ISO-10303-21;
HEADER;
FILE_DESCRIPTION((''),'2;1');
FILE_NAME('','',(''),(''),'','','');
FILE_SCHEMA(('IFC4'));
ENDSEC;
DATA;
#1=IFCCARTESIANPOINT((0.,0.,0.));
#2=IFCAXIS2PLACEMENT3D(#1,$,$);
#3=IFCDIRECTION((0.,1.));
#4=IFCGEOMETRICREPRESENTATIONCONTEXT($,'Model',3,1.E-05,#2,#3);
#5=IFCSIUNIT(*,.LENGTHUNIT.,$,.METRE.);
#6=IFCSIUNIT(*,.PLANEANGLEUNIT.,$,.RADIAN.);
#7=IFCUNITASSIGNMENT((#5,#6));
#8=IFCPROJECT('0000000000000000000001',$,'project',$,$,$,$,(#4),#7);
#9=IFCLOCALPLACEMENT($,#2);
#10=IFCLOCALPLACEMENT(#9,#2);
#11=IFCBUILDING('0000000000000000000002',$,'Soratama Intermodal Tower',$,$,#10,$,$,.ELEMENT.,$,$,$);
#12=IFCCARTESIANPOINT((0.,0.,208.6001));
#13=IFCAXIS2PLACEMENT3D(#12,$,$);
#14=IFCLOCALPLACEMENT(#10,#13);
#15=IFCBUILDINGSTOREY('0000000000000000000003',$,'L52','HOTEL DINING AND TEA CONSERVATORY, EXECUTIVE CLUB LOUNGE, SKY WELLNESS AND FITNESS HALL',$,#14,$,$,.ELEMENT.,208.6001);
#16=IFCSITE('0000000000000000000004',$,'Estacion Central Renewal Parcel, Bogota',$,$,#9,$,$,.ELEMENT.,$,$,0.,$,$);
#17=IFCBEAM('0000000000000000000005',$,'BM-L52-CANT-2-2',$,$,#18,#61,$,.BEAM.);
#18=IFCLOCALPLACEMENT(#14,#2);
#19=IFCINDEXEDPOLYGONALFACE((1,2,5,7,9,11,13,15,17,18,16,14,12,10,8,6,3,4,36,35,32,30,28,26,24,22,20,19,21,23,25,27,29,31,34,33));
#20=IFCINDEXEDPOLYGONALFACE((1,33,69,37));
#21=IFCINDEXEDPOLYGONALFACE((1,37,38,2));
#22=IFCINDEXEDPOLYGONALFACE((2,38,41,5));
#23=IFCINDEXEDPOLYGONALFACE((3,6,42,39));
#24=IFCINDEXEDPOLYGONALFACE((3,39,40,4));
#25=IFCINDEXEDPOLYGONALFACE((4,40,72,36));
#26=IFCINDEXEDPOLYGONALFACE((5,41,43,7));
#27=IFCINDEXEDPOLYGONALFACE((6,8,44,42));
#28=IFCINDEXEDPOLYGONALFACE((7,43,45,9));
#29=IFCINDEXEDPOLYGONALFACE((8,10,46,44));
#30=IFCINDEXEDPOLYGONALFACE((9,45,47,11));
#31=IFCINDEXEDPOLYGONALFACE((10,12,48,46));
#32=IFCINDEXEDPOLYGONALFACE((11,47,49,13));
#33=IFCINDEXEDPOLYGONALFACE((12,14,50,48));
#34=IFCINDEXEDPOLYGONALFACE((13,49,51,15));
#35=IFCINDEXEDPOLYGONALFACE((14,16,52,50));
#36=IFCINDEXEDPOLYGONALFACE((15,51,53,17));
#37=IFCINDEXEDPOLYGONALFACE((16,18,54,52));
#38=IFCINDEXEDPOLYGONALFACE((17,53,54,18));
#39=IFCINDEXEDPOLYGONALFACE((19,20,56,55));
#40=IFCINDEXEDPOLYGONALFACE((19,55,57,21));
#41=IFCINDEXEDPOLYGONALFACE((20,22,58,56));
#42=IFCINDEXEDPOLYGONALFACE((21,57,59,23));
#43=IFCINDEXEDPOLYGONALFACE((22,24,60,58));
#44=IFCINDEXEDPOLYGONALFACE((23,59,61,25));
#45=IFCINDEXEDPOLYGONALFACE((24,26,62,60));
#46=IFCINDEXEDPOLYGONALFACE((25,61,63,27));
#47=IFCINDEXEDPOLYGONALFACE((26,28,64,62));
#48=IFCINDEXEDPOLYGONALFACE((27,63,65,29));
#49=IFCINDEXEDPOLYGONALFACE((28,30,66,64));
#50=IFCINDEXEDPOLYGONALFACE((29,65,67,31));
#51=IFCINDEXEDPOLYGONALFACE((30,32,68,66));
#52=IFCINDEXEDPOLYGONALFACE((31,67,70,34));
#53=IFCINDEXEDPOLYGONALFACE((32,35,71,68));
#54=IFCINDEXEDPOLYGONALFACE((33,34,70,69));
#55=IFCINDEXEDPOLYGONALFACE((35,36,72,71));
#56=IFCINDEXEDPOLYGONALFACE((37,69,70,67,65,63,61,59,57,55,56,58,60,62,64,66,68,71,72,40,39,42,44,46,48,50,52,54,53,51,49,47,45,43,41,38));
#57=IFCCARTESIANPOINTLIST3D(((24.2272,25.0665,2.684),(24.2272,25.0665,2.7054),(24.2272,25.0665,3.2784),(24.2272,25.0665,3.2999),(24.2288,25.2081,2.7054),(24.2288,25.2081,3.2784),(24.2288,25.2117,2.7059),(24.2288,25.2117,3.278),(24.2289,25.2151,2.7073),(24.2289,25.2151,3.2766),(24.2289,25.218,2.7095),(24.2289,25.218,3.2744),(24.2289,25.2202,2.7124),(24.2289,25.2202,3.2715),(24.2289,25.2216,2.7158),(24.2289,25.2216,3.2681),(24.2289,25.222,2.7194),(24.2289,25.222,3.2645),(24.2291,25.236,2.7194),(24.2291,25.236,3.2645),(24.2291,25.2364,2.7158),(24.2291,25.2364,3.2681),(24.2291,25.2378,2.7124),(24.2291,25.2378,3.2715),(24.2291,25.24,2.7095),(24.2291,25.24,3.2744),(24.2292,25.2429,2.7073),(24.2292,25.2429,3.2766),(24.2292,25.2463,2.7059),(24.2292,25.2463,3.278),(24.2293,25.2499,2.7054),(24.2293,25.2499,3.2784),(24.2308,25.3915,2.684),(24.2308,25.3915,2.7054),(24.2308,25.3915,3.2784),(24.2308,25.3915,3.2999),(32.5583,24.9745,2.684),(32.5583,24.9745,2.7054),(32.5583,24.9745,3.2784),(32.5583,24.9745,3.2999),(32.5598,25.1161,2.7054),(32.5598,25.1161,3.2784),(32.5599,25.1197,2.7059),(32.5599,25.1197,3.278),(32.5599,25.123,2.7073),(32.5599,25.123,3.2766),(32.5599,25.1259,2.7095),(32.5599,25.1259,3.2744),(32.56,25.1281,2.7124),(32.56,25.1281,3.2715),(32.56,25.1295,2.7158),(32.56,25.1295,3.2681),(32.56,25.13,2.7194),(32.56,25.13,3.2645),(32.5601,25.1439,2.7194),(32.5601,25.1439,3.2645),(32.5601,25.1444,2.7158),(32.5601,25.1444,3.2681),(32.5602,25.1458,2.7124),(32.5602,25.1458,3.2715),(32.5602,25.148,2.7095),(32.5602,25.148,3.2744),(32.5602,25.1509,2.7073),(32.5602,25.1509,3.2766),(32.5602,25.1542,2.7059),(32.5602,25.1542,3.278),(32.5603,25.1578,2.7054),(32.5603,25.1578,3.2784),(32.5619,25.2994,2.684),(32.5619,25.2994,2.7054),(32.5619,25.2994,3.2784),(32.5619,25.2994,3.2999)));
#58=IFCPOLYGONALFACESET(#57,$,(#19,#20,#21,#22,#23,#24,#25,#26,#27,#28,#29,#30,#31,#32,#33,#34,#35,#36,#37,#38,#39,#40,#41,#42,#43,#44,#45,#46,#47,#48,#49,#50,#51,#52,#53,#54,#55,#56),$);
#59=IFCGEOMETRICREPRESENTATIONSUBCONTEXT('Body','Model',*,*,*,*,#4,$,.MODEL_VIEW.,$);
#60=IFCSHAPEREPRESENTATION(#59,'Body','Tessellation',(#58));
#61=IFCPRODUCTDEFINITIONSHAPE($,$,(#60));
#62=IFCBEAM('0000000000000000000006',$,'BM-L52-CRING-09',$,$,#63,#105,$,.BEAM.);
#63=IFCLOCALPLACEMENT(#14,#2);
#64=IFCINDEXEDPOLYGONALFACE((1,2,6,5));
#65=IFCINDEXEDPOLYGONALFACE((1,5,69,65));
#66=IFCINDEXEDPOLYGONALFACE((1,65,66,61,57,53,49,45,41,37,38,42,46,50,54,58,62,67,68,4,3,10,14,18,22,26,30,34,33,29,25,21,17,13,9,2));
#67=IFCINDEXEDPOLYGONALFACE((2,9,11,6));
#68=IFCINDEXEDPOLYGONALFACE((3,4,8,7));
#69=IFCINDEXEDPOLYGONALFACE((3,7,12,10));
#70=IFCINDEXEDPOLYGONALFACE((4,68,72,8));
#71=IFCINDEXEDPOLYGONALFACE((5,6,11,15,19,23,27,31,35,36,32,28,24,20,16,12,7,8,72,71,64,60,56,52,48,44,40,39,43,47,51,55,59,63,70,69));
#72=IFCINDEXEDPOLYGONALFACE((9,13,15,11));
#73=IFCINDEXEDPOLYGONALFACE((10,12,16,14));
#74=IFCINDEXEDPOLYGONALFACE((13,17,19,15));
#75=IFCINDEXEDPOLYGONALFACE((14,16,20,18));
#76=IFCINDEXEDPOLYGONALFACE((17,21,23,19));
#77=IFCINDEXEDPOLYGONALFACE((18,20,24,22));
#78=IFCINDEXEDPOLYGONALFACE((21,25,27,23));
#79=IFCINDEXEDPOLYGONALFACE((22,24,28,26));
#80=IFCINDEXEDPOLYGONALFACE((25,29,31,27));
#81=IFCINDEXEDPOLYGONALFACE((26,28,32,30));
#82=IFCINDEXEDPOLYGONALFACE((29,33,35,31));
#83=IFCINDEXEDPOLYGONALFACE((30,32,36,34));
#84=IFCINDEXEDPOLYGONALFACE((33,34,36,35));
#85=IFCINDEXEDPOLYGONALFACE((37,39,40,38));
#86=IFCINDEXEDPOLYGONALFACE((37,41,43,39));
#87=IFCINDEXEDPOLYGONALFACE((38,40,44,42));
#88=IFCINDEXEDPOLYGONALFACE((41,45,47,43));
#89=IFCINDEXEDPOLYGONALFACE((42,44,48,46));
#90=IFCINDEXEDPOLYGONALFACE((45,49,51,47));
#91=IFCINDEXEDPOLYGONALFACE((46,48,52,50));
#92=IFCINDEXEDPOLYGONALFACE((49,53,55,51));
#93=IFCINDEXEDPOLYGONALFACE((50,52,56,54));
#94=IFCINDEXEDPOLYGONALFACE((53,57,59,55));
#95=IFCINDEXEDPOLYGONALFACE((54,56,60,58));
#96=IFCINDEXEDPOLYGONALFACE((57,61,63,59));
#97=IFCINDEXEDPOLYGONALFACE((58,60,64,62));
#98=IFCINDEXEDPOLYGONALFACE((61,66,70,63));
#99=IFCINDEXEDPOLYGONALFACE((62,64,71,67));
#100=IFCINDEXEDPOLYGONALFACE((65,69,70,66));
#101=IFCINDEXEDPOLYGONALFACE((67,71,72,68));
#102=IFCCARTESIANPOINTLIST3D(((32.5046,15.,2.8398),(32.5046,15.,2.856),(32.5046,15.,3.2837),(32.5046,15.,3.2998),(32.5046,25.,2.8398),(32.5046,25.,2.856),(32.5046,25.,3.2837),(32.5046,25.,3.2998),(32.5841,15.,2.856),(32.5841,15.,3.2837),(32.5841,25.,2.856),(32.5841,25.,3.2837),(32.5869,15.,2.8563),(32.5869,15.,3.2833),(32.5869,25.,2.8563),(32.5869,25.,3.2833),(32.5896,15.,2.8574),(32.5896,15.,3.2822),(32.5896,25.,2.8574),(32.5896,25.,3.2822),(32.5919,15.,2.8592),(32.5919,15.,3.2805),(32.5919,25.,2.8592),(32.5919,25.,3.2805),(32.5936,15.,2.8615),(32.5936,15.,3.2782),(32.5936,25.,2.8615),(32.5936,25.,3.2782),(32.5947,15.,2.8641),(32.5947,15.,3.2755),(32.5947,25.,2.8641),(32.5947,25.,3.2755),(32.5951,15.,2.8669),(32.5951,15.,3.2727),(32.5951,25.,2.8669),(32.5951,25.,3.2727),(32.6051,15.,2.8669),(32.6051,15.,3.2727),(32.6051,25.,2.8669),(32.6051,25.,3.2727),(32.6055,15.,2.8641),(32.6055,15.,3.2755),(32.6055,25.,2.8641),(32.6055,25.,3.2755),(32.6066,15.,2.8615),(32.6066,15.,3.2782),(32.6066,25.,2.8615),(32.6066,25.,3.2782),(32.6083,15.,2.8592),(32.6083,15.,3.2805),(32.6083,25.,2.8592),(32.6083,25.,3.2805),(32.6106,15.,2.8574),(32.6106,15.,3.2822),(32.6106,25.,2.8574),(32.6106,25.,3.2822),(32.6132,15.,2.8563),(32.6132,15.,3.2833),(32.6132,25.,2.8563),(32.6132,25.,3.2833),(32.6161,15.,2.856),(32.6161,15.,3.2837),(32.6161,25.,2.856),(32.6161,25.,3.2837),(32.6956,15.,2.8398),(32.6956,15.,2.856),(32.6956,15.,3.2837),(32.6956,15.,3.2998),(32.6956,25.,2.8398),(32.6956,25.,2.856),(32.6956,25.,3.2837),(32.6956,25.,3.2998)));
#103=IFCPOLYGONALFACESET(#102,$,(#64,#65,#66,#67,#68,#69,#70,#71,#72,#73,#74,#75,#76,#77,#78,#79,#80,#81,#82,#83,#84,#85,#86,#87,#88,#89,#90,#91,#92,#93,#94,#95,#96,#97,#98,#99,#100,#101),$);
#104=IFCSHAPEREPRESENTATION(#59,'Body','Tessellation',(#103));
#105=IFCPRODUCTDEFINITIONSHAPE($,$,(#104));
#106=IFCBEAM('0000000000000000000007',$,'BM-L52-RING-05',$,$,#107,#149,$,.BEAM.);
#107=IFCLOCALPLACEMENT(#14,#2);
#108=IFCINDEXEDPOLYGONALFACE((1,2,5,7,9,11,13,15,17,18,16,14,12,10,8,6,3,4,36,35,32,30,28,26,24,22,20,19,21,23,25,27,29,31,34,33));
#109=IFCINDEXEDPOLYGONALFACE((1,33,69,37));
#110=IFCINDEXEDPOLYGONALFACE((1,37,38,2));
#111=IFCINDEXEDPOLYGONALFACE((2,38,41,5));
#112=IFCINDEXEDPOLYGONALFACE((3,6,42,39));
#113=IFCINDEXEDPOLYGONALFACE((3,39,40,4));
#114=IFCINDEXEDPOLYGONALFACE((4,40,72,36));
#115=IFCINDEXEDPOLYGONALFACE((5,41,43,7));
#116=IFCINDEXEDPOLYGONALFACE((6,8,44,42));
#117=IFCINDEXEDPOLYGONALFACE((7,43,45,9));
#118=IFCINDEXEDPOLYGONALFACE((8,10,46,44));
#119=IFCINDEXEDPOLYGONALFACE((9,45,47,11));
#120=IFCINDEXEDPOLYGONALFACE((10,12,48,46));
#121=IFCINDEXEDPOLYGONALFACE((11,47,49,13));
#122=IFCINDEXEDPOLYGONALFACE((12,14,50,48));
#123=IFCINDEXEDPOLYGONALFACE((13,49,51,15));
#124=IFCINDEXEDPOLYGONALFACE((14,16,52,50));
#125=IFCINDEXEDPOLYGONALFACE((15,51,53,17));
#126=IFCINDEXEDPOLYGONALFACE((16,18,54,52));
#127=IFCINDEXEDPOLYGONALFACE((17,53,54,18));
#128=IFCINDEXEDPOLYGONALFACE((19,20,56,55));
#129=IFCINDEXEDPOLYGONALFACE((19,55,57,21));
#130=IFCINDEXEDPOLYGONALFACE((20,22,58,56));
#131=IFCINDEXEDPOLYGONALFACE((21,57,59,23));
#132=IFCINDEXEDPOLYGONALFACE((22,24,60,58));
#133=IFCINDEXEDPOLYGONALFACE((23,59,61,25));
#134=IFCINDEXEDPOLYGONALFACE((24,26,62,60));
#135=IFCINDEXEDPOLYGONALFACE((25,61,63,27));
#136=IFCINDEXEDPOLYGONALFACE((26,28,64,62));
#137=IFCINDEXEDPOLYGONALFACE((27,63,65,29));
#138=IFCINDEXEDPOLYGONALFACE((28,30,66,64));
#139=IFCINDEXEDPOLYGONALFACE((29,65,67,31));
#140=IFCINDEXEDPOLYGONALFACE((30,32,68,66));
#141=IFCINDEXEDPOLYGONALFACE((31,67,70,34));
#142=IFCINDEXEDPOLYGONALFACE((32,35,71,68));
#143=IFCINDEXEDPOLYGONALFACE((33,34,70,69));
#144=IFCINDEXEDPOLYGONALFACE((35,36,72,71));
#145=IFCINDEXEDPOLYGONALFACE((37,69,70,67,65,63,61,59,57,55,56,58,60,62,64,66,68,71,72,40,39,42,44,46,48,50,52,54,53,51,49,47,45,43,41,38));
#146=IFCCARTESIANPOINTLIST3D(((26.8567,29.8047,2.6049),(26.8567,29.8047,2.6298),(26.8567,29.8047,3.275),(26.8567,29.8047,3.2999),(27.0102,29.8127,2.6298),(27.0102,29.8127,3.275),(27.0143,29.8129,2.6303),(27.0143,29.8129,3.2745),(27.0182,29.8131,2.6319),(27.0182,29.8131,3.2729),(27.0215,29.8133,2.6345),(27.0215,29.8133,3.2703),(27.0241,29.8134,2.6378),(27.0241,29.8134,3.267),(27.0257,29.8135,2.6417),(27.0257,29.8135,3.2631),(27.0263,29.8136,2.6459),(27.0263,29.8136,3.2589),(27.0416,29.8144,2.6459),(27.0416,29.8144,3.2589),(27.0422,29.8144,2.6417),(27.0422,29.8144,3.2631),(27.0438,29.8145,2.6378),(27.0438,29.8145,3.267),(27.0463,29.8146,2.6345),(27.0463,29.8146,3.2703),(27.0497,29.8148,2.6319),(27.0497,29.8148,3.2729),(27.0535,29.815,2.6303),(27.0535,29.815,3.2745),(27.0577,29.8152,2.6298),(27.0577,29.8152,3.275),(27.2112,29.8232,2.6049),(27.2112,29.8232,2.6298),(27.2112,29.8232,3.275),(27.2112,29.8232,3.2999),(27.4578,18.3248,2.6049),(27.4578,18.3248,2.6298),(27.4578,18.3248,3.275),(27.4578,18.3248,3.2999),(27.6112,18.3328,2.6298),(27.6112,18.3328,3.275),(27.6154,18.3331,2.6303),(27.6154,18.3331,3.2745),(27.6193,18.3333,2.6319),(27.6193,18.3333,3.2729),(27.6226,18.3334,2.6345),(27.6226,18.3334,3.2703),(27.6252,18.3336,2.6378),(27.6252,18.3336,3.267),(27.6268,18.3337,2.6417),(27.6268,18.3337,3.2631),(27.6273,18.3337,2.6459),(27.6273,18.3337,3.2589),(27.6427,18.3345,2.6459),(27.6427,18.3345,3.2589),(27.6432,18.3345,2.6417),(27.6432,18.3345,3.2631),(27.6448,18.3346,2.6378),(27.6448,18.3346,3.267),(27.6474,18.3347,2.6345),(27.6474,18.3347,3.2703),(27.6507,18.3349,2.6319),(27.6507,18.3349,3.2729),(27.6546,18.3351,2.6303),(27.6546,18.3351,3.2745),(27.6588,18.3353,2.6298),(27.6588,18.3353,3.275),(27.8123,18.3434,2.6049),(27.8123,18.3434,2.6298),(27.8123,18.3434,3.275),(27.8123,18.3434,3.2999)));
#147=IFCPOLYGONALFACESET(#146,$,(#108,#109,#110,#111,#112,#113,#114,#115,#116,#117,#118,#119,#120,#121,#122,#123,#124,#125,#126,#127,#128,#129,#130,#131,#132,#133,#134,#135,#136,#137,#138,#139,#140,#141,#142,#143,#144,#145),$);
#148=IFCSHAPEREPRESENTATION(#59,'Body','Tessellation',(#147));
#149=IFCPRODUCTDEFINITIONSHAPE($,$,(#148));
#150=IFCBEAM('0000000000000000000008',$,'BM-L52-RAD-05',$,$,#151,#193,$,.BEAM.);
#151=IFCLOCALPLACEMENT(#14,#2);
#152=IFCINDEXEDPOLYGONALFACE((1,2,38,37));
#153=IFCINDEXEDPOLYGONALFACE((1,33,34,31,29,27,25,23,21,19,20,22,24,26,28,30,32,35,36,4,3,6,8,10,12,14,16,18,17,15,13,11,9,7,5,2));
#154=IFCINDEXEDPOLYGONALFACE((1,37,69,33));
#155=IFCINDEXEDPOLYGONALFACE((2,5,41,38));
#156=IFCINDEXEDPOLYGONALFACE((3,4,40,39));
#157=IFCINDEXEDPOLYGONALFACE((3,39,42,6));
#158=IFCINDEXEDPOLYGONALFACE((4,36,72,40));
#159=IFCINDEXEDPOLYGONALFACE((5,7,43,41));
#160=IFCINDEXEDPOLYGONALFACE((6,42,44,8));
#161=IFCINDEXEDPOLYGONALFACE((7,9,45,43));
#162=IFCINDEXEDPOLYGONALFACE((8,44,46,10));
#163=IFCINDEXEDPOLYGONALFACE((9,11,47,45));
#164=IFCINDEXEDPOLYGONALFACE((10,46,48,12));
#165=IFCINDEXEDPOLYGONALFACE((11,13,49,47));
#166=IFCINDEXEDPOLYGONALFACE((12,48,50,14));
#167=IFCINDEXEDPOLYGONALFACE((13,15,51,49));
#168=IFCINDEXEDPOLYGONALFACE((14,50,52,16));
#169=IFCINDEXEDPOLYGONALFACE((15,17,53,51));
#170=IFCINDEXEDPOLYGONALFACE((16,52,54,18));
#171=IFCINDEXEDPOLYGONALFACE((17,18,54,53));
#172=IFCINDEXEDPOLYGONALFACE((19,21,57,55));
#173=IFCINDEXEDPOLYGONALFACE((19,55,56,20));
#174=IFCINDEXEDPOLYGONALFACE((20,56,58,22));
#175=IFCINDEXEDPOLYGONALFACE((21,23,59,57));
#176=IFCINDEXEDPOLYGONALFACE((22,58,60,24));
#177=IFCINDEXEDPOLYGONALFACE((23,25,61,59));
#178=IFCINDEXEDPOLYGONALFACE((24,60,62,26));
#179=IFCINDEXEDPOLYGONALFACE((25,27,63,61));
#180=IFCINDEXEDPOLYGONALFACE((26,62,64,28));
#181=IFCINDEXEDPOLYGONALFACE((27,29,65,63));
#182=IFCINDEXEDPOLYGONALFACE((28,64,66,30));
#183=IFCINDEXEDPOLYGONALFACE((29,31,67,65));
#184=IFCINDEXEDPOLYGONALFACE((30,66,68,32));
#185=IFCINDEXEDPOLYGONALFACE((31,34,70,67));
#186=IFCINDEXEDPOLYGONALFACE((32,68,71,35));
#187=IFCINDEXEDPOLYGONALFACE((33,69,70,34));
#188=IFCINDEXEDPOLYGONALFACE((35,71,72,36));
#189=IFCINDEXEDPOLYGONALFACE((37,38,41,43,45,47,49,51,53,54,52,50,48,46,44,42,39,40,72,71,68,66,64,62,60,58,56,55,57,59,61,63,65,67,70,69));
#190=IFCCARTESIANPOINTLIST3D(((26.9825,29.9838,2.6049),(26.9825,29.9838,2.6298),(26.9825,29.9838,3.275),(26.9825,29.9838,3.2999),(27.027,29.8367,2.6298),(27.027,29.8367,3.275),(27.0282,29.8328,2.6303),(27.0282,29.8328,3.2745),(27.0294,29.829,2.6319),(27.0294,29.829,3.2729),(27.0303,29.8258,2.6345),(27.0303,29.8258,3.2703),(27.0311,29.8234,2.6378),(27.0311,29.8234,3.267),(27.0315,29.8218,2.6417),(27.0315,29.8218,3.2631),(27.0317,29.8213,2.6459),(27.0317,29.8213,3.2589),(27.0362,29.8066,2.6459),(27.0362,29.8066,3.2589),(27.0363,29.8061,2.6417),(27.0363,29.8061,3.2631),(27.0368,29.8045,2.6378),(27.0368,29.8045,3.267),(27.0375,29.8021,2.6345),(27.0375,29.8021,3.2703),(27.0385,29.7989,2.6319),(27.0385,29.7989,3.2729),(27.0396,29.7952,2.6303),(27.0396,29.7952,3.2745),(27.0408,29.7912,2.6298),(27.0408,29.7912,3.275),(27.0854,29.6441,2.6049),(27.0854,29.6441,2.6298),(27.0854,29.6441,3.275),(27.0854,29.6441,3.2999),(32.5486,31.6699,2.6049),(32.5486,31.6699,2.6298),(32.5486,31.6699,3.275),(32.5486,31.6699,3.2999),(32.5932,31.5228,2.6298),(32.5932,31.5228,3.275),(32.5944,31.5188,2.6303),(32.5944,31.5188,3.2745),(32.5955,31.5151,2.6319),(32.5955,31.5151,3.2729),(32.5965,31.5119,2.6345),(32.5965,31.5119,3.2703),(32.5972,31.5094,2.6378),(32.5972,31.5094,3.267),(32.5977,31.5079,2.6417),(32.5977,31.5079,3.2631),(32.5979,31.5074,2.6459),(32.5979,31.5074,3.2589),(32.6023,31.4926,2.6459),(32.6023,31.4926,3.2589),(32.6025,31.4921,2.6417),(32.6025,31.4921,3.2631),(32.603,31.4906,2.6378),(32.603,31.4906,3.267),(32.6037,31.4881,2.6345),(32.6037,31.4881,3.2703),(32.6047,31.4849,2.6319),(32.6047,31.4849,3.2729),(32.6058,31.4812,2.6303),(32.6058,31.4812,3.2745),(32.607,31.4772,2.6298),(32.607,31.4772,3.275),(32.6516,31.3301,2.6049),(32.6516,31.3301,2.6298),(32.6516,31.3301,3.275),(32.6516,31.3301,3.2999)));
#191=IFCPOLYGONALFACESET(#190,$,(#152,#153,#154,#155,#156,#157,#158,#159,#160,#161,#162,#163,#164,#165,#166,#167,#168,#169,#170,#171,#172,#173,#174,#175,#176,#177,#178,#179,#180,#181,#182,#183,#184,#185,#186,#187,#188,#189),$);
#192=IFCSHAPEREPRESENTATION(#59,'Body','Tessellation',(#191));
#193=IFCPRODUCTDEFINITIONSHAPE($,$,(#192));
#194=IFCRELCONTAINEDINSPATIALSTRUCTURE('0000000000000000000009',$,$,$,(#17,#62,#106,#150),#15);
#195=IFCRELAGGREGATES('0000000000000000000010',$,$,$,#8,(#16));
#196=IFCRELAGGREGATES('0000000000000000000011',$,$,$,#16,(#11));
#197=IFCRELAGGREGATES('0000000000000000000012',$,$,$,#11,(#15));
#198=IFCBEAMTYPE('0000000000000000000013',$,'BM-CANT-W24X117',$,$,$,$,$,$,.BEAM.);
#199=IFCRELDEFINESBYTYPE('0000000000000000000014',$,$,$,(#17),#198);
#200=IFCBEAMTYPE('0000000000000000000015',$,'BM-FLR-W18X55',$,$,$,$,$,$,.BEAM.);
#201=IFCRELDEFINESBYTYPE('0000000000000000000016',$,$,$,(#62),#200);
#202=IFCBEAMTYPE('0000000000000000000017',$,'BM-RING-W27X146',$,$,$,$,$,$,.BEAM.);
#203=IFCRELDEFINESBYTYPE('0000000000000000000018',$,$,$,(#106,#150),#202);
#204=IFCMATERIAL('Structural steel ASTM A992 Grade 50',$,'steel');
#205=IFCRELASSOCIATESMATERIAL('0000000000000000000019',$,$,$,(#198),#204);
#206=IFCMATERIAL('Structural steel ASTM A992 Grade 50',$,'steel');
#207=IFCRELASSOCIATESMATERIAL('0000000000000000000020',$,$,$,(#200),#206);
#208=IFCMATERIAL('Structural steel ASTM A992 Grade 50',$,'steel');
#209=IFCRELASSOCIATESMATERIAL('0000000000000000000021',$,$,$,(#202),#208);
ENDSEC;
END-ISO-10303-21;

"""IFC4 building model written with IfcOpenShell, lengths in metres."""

from ifc_helpers import new_model, si_unit, direction, frame, origin, origin_2d, place, context, subcontext, project, spatial, i_section, extrude, material, material_profile, profile_set, type_object, element, save


model = new_model("IFC4")

# Units and contexts
model_context = context("Model", 3, precision=1e-05, world=origin(), true_north=direction((0.0, 1.0)))
body_context = subcontext(model_context, "Body", "Model", "MODEL_VIEW")
ifc_project = project(units=[si_unit("LENGTHUNIT", "METRE"), si_unit("PLANEANGLEUNIT", "RADIAN")], contexts=[model_context])

# Site, building, storey
site_placement = place(None, origin())
site = spatial("IfcSite", under=ifc_project, at=site_placement, Name="Estacion Central Renewal Parcel, Bogota", CompositionType="ELEMENT", RefElevation=0.0)
building_placement = place(site_placement, origin())
building = spatial("IfcBuilding", under=site, at=building_placement, Name="Soratama Intermodal Tower", CompositionType="ELEMENT")
storey_placement = place(building_placement, frame((0.0, 0.0, 208.6001)))
storey = spatial("IfcBuildingStorey", under=building, at=storey_placement, Name="L52", Description="HOTEL DINING AND TEA CONSERVATORY, EXECUTIVE CLUB LOUNGE, SKY WELLNESS AND FITNESS HALL", CompositionType="ELEMENT", Elevation=208.6001)

# Beams
ifc_material_1 = material(Name="Structural steel ASTM A992 Grade 50", Category="steel")
ifc_material_profile_1 = material_profile(ifc_material_1, i_section(OverallWidth=0.325, OverallDepth=0.616, WebThickness=0.0139, FlangeThickness=0.0215, FilletRadius=0.0139, at=origin_2d()), Name="W24X117")
ifc_profile_set_1 = profile_set([ifc_material_profile_1], Name="Structural steel ASTM A992 Grade 50")
beam_type_1 = type_object("IfcBeamType", Name="BM-CANT-W24X117", PredefinedType="BEAM", material=ifc_profile_set_1)
beam_1_placement = place(storey_placement, frame((32.5601, 25.137, 2.9919), z_axis=(-0.999939, 0.011047, 0.0), x_axis=(-0.011047, -0.999939, 0.0)))
element("IfcBeam", 1, at=beam_1_placement, inside=storey, type_object=beam_type_1, Name="BM-L52-CANT-2-2", PredefinedType="BEAM", context=body_context, shape_type="SweptSolid", body=[
    extrude(i_section(OverallWidth=0.325, OverallDepth=0.616, WebThickness=0.0139, FlangeThickness=0.0215, FilletRadius=0.0139, at=origin_2d()), origin(), (0.0, 0.0, 1.0), 8.3315),
])
ifc_material_2 = material(Name="Structural steel ASTM A992 Grade 50", Category="steel")
ifc_material_profile_2 = material_profile(ifc_material_2, i_section(OverallWidth=0.1909, OverallDepth=0.46, WebThickness=0.01, FlangeThickness=0.0161, FilletRadius=0.011, at=origin_2d()), Name="W18X55")
ifc_profile_set_2 = profile_set([ifc_material_profile_2], Name="Structural steel ASTM A992 Grade 50")
beam_type_2 = type_object("IfcBeamType", Name="BM-FLR-W18X55", PredefinedType="BEAM", material=ifc_profile_set_2)
beam_2_placement = place(storey_placement, frame((32.6001, 25.0, 3.0698), z_axis=(0.0, -1.0, 0.0), x_axis=(1.0, 0.0, 0.0)))
element("IfcBeam", 2, at=beam_2_placement, inside=storey, type_object=beam_type_2, Name="BM-L52-CRING-09", PredefinedType="BEAM", context=body_context, shape_type="SweptSolid", body=[
    extrude(i_section(OverallWidth=0.1909, OverallDepth=0.46, WebThickness=0.01, FlangeThickness=0.0161, FilletRadius=0.011, at=origin_2d()), origin(), (0.0, 0.0, 1.0), 10.0),
])
ifc_material_3 = material(Name="Structural steel ASTM A992 Grade 50", Category="steel")
ifc_material_profile_3 = material_profile(ifc_material_3, i_section(OverallWidth=0.355, OverallDepth=0.6951, WebThickness=0.0154, FlangeThickness=0.0249, FilletRadius=0.0161, at=origin_2d()), Name="W27X146")
ifc_profile_set_3 = profile_set([ifc_material_profile_3], Name="Structural steel ASTM A992 Grade 50")
beam_type_3 = type_object("IfcBeamType", Name="BM-RING-W27X146", PredefinedType="BEAM", material=ifc_profile_set_3)
beam_3_placement = place(storey_placement, frame((27.0339, 29.814, 2.9524), z_axis=(0.052287, -0.998632, 0.0), x_axis=(0.998632, 0.052287, 0.0)))
element("IfcBeam", 3, at=beam_3_placement, inside=storey, type_object=beam_type_3, Name="BM-L52-RING-05", PredefinedType="BEAM", context=body_context, shape_type="SweptSolid", body=[
    extrude(i_section(OverallWidth=0.355, OverallDepth=0.6951, WebThickness=0.0154, FlangeThickness=0.0249, FilletRadius=0.0161, at=origin_2d()), origin(), (0.0, 0.0, 1.0), 11.4956),
])
beam_4_placement = place(storey_placement, frame((32.6001, 31.5, 2.9524), z_axis=(-0.957057, -0.2899, 0.0), x_axis=(0.2899, -0.957057, 0.0)))
element("IfcBeam", 4, at=beam_4_placement, inside=storey, type_object=beam_type_3, Name="BM-L52-RAD-05", PredefinedType="BEAM", context=body_context, shape_type="SweptSolid", body=[
    extrude(i_section(OverallWidth=0.355, OverallDepth=0.6951, WebThickness=0.0154, FlangeThickness=0.0249, FilletRadius=0.0161, at=origin_2d()), origin(), (0.0, 0.0, 1.0), 5.8159),
])

save(model, "model.ifc")
